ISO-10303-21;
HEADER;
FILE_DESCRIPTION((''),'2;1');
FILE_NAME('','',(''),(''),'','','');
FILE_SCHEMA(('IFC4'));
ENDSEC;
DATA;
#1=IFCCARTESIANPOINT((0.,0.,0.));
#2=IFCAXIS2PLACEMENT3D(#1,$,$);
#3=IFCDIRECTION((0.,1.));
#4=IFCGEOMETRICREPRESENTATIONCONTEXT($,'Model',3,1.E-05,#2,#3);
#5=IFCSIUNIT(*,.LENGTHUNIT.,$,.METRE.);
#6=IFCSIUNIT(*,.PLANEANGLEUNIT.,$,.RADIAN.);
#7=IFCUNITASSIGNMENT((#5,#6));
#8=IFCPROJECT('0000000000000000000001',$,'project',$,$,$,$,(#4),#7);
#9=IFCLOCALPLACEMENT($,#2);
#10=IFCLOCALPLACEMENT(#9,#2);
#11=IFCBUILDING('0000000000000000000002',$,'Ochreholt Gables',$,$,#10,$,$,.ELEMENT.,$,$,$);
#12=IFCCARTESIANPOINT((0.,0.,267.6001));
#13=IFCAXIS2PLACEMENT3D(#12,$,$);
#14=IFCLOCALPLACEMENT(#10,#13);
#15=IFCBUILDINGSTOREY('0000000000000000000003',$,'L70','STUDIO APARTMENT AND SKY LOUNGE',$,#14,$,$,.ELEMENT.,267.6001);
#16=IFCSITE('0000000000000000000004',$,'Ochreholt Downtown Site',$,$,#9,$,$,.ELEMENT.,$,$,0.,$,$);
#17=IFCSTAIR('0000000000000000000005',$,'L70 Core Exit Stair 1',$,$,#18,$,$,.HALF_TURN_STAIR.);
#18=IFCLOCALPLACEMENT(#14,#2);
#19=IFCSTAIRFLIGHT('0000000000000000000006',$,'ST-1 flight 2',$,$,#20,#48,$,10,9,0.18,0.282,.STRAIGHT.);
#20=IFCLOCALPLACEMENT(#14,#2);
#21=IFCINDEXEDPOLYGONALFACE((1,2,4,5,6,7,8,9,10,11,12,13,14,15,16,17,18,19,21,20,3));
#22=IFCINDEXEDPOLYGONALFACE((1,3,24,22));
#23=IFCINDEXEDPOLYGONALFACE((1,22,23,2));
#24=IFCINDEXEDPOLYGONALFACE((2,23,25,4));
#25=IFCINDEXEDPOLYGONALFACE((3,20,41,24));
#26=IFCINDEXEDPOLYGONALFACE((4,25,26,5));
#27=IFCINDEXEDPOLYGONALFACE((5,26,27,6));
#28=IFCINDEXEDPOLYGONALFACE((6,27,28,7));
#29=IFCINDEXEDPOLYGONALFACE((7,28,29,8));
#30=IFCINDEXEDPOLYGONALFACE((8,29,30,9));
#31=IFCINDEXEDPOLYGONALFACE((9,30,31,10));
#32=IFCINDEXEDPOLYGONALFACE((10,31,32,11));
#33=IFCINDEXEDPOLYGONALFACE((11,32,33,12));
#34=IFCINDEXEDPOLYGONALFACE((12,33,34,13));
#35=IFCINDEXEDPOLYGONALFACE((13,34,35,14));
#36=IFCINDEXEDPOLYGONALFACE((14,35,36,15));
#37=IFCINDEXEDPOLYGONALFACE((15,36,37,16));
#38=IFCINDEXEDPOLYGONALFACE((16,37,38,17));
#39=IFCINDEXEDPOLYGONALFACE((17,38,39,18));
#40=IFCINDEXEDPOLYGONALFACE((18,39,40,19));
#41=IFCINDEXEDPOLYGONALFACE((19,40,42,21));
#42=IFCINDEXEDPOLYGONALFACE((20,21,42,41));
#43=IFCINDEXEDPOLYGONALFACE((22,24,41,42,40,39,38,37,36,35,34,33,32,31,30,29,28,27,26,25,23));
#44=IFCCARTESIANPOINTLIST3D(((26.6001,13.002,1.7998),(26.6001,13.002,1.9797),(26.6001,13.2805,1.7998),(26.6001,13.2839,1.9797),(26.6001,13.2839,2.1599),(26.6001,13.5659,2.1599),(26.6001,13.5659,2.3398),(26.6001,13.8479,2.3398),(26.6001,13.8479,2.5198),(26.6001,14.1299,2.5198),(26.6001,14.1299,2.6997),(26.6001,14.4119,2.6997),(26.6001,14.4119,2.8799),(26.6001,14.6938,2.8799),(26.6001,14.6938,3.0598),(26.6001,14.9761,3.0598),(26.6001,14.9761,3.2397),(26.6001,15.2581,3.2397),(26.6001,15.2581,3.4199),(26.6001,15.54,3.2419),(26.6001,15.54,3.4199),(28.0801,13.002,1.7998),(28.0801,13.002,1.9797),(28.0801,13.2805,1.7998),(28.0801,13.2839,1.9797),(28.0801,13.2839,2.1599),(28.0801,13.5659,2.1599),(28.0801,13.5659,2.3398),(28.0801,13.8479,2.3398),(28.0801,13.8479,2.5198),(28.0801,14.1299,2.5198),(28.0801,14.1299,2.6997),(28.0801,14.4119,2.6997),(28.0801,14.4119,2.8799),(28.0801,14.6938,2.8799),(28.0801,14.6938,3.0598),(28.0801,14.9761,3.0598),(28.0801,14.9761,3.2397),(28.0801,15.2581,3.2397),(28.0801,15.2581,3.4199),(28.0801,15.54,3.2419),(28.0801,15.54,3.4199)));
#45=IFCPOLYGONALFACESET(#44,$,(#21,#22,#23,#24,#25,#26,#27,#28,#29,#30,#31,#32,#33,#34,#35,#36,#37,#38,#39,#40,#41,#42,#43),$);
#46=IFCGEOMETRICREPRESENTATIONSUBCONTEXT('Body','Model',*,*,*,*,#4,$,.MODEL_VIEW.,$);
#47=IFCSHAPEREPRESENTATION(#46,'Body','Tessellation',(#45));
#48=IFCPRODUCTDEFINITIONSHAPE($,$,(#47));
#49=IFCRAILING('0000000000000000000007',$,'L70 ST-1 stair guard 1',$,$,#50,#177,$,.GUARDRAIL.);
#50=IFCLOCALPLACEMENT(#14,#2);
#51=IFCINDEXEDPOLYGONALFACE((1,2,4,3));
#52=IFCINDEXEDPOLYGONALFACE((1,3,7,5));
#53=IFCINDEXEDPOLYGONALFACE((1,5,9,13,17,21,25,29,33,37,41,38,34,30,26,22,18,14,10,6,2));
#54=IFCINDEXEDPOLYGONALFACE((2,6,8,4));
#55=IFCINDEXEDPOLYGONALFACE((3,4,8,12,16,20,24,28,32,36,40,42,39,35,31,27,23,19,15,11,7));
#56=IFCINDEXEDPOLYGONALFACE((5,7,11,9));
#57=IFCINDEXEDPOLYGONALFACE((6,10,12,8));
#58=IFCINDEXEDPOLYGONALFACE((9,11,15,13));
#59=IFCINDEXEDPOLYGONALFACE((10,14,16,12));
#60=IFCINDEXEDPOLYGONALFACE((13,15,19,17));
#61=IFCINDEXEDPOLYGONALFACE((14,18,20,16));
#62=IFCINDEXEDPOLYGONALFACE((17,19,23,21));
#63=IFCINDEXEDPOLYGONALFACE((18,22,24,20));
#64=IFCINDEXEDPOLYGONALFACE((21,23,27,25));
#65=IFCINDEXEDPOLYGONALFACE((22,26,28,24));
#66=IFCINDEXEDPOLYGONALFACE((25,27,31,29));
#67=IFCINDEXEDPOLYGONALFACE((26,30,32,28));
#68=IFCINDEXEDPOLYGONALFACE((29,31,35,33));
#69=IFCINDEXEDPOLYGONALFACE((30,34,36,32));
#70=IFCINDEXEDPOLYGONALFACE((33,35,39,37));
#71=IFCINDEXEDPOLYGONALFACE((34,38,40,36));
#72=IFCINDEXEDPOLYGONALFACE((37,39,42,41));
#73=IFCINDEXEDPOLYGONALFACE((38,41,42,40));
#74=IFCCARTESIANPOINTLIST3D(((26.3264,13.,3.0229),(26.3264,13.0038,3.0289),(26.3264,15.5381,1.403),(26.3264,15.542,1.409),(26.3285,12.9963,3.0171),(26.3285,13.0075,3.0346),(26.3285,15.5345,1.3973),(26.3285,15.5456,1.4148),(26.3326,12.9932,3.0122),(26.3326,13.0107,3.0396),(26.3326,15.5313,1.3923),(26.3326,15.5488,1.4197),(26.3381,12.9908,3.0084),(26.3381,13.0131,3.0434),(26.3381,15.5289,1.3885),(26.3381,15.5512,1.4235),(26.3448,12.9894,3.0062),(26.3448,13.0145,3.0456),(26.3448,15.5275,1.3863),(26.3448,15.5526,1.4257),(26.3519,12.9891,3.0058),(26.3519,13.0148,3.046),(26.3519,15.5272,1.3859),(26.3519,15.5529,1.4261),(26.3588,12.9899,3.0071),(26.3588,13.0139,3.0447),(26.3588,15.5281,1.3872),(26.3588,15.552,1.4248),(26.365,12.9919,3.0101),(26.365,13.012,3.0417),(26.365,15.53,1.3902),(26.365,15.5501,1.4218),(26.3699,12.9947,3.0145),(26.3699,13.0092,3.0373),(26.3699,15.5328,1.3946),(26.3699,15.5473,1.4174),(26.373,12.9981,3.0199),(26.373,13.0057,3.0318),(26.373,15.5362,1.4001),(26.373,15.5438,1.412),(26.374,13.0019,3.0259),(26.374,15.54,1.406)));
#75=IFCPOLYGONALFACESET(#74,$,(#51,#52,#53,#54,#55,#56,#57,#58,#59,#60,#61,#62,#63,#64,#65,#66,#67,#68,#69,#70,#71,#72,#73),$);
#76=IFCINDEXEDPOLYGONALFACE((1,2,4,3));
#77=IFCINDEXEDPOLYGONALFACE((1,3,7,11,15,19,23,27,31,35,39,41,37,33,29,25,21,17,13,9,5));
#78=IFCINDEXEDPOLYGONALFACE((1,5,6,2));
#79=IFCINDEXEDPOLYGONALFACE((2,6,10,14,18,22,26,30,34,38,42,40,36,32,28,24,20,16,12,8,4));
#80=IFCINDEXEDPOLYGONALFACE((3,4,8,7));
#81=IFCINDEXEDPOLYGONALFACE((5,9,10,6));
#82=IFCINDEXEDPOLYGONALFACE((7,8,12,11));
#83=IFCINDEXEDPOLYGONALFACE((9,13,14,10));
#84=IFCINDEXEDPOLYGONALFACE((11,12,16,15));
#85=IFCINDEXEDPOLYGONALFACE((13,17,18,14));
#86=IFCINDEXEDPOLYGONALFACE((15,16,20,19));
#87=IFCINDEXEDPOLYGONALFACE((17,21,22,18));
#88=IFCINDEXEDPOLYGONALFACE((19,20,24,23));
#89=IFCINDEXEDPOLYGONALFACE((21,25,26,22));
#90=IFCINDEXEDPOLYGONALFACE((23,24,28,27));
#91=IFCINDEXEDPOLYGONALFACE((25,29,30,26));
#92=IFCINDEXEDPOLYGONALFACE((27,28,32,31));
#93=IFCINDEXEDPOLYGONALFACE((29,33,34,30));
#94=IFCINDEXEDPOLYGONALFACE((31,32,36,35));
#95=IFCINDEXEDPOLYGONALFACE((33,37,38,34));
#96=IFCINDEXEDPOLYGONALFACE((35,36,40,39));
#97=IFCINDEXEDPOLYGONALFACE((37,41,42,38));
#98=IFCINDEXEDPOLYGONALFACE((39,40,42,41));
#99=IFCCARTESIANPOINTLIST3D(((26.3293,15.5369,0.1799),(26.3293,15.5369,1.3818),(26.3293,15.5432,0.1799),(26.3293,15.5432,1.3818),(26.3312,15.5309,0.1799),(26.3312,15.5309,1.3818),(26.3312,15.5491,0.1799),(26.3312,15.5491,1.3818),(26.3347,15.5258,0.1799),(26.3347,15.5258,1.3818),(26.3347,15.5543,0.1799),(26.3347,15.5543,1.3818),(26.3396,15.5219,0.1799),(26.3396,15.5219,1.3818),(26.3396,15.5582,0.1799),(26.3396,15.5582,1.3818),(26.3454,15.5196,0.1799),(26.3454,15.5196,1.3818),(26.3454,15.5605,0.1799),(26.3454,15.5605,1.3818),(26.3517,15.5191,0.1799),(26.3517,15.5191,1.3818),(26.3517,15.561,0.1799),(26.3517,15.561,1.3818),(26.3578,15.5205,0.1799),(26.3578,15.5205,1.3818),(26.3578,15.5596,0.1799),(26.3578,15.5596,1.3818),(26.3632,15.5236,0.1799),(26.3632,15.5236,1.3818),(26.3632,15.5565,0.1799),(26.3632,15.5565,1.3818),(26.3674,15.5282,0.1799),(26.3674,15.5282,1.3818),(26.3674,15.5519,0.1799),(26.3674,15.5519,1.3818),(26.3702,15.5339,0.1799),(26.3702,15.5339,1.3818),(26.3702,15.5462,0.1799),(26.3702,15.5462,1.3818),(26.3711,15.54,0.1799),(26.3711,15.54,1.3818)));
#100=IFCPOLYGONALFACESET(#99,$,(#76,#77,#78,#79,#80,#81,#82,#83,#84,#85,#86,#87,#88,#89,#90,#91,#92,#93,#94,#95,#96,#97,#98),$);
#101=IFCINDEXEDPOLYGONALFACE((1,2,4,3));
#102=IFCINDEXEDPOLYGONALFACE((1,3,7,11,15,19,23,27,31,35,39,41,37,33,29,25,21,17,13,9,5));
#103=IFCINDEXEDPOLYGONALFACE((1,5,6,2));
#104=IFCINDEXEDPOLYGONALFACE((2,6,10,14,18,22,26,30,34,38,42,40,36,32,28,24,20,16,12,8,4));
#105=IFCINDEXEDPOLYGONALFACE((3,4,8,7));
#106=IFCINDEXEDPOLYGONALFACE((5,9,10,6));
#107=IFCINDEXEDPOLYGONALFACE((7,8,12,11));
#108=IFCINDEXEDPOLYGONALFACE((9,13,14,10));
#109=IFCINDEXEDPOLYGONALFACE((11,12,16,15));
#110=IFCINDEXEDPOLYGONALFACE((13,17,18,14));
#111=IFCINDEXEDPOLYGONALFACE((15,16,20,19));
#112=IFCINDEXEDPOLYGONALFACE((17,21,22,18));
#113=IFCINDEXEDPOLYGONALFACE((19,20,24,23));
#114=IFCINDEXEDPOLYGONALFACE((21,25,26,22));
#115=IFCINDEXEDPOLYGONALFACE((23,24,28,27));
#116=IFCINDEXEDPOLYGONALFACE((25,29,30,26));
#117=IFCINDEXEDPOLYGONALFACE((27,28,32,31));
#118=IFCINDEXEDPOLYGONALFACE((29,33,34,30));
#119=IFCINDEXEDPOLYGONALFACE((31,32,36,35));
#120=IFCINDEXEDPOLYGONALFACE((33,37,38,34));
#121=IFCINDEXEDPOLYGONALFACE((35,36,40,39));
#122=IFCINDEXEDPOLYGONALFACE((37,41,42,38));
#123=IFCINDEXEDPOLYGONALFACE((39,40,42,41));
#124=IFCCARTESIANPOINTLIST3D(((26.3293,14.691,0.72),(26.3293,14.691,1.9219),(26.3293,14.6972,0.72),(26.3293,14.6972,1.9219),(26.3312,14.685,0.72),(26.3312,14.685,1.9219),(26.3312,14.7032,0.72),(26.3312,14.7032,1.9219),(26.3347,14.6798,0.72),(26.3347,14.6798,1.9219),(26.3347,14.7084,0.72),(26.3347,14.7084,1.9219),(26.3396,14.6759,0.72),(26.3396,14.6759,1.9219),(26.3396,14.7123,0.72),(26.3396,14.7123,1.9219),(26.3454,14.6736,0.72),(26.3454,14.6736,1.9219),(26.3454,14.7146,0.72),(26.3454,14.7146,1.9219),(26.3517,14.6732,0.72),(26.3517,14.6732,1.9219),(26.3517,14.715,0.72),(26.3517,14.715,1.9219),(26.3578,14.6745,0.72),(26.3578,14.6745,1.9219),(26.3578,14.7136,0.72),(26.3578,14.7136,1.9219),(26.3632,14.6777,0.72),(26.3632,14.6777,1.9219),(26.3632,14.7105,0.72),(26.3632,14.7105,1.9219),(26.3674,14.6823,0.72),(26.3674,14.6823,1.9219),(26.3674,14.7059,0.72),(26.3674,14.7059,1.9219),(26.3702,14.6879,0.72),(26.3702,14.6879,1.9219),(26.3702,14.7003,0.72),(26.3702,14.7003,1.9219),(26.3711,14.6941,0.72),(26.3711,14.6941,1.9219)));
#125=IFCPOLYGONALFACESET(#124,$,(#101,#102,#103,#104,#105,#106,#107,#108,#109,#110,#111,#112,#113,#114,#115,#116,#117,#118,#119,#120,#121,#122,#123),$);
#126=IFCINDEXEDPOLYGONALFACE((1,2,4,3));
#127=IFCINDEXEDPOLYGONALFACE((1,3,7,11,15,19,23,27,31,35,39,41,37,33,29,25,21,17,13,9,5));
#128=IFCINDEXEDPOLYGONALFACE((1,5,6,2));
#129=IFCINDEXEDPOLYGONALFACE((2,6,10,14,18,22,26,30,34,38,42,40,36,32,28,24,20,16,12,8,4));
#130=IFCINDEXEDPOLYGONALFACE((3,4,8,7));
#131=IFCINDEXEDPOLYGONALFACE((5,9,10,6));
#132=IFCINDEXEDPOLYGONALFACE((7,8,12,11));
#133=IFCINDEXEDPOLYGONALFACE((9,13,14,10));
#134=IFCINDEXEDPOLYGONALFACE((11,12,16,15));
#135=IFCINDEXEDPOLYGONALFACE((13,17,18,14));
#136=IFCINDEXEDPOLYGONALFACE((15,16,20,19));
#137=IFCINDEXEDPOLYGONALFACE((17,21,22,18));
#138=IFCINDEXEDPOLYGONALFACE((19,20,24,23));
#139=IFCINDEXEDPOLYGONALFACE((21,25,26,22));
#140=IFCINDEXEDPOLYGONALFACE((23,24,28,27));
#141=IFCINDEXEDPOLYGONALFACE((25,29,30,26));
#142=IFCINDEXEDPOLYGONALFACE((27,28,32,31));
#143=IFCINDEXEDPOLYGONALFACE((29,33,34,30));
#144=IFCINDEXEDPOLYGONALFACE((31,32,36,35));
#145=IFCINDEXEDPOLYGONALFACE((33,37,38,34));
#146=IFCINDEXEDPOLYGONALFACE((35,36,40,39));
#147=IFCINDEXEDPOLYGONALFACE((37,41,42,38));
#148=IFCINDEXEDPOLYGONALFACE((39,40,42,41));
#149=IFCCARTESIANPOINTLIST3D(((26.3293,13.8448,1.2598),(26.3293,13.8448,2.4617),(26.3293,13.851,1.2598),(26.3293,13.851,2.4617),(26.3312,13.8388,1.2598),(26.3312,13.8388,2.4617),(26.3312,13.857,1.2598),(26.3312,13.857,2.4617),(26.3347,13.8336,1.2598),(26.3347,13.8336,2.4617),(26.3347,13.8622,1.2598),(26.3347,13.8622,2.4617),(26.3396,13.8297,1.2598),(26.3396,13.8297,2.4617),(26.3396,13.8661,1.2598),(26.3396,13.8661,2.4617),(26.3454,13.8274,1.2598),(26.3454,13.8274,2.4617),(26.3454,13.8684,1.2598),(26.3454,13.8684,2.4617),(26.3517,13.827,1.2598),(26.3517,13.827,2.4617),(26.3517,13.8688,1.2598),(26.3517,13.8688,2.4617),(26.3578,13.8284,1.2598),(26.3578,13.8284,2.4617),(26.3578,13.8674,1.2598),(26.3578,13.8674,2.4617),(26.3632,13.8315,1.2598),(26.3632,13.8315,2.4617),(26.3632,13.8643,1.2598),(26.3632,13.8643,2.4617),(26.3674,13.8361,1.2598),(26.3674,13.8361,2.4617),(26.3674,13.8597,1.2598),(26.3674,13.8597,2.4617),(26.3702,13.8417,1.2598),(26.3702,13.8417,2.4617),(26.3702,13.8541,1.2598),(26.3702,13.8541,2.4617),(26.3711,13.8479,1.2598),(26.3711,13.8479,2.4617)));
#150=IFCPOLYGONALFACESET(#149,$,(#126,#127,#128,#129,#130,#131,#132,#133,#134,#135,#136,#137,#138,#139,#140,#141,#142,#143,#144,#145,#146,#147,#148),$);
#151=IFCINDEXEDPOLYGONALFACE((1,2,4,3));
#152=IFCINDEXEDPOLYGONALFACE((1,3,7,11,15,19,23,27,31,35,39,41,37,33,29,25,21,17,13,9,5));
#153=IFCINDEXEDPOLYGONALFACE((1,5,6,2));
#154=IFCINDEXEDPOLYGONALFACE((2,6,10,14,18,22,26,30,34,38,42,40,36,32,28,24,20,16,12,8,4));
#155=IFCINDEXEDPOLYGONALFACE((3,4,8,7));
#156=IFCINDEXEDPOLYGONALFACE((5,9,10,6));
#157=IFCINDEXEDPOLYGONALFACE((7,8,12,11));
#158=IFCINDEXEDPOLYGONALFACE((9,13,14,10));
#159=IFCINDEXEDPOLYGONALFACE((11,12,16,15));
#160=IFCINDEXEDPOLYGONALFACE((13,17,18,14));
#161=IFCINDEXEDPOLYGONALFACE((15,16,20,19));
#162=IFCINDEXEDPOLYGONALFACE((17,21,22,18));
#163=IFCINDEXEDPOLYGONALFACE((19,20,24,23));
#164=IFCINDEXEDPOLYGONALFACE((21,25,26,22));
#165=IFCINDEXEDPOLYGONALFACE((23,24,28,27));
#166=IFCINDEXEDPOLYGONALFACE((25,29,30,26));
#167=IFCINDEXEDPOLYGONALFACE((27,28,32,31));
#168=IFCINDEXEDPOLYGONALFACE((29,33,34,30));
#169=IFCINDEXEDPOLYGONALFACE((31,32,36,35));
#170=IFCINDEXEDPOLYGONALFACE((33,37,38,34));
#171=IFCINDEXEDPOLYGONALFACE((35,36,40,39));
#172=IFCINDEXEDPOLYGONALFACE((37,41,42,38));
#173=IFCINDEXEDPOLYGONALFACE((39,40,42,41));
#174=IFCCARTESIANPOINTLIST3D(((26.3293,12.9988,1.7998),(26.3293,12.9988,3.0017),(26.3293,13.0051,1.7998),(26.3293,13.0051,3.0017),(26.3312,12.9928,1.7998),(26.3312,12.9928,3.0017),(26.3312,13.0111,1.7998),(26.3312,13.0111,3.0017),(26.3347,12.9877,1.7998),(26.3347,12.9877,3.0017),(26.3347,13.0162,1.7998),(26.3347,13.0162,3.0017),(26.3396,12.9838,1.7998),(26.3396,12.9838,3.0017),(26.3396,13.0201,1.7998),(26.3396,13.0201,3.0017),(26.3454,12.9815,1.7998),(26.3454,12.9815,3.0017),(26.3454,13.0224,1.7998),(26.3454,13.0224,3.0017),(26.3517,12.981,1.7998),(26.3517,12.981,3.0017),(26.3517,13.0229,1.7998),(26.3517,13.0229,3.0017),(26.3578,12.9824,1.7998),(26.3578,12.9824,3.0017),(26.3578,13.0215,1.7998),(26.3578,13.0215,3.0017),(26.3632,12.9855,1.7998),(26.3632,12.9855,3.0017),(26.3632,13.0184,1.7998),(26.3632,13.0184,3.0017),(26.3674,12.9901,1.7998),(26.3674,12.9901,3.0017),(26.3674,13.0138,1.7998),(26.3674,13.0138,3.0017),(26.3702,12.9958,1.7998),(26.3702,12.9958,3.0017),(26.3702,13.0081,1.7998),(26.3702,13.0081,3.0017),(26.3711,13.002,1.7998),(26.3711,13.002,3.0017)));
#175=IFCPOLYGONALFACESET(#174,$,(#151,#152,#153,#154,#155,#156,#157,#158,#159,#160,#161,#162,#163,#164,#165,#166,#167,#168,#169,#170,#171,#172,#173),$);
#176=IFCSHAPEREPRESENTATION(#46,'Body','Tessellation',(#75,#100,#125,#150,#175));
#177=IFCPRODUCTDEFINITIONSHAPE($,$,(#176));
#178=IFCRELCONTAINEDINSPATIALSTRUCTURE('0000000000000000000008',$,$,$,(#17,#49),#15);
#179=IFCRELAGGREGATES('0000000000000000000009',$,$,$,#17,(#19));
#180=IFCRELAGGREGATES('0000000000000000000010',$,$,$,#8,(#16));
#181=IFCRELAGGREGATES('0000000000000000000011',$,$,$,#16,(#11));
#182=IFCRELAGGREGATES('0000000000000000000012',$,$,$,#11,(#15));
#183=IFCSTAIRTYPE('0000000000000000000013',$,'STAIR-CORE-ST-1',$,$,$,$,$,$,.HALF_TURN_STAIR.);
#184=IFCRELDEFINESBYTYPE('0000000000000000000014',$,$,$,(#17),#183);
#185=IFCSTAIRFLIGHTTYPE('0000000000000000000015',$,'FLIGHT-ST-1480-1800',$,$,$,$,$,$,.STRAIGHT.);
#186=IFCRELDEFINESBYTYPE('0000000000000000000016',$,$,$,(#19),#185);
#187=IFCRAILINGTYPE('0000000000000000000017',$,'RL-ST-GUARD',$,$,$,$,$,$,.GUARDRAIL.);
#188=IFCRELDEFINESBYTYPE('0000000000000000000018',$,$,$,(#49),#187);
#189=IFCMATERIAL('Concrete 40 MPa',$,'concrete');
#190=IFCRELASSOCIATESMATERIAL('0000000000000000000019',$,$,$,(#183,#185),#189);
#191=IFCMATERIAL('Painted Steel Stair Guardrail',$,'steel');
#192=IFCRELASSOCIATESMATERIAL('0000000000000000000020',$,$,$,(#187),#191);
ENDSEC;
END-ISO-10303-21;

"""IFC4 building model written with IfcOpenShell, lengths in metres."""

from ifc_helpers import new_model, si_unit, direction, frame, origin, origin_2d, place, context, subcontext, project, spatial, polyline, circle, outline, extrude, material, type_object, element, aggregate, save


model = new_model("IFC4")

# Units and contexts
model_context = context("Model", 3, precision=1e-05, world=origin(), true_north=direction((0.0, 1.0)))
body_context = subcontext(model_context, "Body", "Model", "MODEL_VIEW")
ifc_project = project(units=[si_unit("LENGTHUNIT", "METRE"), si_unit("PLANEANGLEUNIT", "RADIAN")], contexts=[model_context])

# Site, building, storey
site_placement = place(None, origin())
site = spatial("IfcSite", under=ifc_project, at=site_placement, Name="Ochreholt Downtown Site", CompositionType="ELEMENT", RefElevation=0.0)
building_placement = place(site_placement, origin())
building = spatial("IfcBuilding", under=site, at=building_placement, Name="Ochreholt Gables", CompositionType="ELEMENT")
storey_placement = place(building_placement, frame((0.0, 0.0, 267.6001)))
storey = spatial("IfcBuildingStorey", under=building, at=storey_placement, Name="L70", Description="STUDIO APARTMENT AND SKY LOUNGE", CompositionType="ELEMENT", Elevation=267.6001)

# Shared definitions
ifc_material_1 = material(Name="Concrete 40 MPa", Category="concrete")

# Stair, stair flight
stair_type = type_object("IfcStairType", Name="STAIR-CORE-ST-1", PredefinedType="HALF_TURN_STAIR", material=ifc_material_1)
stair_placement = place(storey_placement, origin())
stair = element("IfcStair", 1, at=stair_placement, inside=storey, type_object=stair_type, Name="L70 Core Exit Stair 1", PredefinedType="HALF_TURN_STAIR")
stair_flight_type = type_object("IfcStairFlightType", Name="FLIGHT-ST-1480-1800", PredefinedType="STRAIGHT", material=ifc_material_1)
stair_flight_placement = place(storey_placement, frame((27.3401, 13.002, 1.7998), z_axis=(0.0, 0.0, 1.0), x_axis=(0.0, 1.0, 0.0)))
stair_flight = element("IfcStairFlight", 2, at=stair_flight_placement, type_object=stair_flight_type, Name="ST-1 flight 2", NumberOfRisers=10, NumberOfTreads=9, PredefinedType="STRAIGHT", RiserHeight=0.18, TreadLength=0.282, context=body_context, shape_type="SweptSolid", body=[
    extrude(outline(polyline([(0.0, 0.0), (0.0, 0.1799), (0.282, 0.1799), (0.282, 0.3601), (0.564, 0.3601), (0.564, 0.54), (0.8459, 0.54), (0.8459, 0.72), (1.1279, 0.72), (1.1279, 0.8999), (1.4099, 0.8999), (1.4099, 1.0801), (1.6919, 1.0801), (1.6919, 1.26), (1.9741, 1.26), (1.9741, 1.4399), (2.2561, 1.4399), (2.2561, 1.6201), (2.5381, 1.6201), (2.5381, 1.8), (2.5381, 1.4421), (0.2786, 0.0), (0.0, 0.0)])), frame((0.0, 0.74, 0.0), z_axis=(0.0, -1.0, 0.0), x_axis=(1.0, 0.0, 0.0)), (0.0, 0.0, 1.0), 1.48),
])
aggregate(stair, [stair_flight])

# Railing
ifc_material_2 = material(Name="Painted Steel Stair Guardrail", Category="steel")
railing_type_1 = type_object("IfcRailingType", Name="RL-ST-GUARD", PredefinedType="GUARDRAIL", material=ifc_material_2)
railing_1_placement = place(storey_placement, frame((26.3501, 15.54, 0.1799)))
element("IfcRailing", 3, at=railing_1_placement, inside=storey, type_object=railing_type_1, Name="L70 ST-1 stair guard 1", PredefinedType="GUARDRAIL", context=body_context, shape_type="SweptSolid", body=[
    extrude(circle(Radius=0.0239, at=origin_2d()), frame((0.0, 0.0, 1.2261), z_axis=(0.0, -0.84295, 0.537993), x_axis=(1.0, 0.0, 0.0)), (0.0, 0.0, 1.0), 3.011),
    extrude(circle(Radius=0.021, at=origin_2d()), origin(), (0.0, 0.0, 1.0), 1.2019),
    extrude(circle(Radius=0.021, at=origin_2d()), frame((0.0, -0.8459, 0.54)), (0.0, 0.0, 1.0), 1.2019),
    extrude(circle(Radius=0.021, at=origin_2d()), frame((0.0, -1.6921, 1.0798)), (0.0, 0.0, 1.0), 1.2019),
    extrude(circle(Radius=0.021, at=origin_2d()), frame((0.0, -2.5381, 1.6199)), (0.0, 0.0, 1.0), 1.2019),
])

save(model, "model.ifc")
